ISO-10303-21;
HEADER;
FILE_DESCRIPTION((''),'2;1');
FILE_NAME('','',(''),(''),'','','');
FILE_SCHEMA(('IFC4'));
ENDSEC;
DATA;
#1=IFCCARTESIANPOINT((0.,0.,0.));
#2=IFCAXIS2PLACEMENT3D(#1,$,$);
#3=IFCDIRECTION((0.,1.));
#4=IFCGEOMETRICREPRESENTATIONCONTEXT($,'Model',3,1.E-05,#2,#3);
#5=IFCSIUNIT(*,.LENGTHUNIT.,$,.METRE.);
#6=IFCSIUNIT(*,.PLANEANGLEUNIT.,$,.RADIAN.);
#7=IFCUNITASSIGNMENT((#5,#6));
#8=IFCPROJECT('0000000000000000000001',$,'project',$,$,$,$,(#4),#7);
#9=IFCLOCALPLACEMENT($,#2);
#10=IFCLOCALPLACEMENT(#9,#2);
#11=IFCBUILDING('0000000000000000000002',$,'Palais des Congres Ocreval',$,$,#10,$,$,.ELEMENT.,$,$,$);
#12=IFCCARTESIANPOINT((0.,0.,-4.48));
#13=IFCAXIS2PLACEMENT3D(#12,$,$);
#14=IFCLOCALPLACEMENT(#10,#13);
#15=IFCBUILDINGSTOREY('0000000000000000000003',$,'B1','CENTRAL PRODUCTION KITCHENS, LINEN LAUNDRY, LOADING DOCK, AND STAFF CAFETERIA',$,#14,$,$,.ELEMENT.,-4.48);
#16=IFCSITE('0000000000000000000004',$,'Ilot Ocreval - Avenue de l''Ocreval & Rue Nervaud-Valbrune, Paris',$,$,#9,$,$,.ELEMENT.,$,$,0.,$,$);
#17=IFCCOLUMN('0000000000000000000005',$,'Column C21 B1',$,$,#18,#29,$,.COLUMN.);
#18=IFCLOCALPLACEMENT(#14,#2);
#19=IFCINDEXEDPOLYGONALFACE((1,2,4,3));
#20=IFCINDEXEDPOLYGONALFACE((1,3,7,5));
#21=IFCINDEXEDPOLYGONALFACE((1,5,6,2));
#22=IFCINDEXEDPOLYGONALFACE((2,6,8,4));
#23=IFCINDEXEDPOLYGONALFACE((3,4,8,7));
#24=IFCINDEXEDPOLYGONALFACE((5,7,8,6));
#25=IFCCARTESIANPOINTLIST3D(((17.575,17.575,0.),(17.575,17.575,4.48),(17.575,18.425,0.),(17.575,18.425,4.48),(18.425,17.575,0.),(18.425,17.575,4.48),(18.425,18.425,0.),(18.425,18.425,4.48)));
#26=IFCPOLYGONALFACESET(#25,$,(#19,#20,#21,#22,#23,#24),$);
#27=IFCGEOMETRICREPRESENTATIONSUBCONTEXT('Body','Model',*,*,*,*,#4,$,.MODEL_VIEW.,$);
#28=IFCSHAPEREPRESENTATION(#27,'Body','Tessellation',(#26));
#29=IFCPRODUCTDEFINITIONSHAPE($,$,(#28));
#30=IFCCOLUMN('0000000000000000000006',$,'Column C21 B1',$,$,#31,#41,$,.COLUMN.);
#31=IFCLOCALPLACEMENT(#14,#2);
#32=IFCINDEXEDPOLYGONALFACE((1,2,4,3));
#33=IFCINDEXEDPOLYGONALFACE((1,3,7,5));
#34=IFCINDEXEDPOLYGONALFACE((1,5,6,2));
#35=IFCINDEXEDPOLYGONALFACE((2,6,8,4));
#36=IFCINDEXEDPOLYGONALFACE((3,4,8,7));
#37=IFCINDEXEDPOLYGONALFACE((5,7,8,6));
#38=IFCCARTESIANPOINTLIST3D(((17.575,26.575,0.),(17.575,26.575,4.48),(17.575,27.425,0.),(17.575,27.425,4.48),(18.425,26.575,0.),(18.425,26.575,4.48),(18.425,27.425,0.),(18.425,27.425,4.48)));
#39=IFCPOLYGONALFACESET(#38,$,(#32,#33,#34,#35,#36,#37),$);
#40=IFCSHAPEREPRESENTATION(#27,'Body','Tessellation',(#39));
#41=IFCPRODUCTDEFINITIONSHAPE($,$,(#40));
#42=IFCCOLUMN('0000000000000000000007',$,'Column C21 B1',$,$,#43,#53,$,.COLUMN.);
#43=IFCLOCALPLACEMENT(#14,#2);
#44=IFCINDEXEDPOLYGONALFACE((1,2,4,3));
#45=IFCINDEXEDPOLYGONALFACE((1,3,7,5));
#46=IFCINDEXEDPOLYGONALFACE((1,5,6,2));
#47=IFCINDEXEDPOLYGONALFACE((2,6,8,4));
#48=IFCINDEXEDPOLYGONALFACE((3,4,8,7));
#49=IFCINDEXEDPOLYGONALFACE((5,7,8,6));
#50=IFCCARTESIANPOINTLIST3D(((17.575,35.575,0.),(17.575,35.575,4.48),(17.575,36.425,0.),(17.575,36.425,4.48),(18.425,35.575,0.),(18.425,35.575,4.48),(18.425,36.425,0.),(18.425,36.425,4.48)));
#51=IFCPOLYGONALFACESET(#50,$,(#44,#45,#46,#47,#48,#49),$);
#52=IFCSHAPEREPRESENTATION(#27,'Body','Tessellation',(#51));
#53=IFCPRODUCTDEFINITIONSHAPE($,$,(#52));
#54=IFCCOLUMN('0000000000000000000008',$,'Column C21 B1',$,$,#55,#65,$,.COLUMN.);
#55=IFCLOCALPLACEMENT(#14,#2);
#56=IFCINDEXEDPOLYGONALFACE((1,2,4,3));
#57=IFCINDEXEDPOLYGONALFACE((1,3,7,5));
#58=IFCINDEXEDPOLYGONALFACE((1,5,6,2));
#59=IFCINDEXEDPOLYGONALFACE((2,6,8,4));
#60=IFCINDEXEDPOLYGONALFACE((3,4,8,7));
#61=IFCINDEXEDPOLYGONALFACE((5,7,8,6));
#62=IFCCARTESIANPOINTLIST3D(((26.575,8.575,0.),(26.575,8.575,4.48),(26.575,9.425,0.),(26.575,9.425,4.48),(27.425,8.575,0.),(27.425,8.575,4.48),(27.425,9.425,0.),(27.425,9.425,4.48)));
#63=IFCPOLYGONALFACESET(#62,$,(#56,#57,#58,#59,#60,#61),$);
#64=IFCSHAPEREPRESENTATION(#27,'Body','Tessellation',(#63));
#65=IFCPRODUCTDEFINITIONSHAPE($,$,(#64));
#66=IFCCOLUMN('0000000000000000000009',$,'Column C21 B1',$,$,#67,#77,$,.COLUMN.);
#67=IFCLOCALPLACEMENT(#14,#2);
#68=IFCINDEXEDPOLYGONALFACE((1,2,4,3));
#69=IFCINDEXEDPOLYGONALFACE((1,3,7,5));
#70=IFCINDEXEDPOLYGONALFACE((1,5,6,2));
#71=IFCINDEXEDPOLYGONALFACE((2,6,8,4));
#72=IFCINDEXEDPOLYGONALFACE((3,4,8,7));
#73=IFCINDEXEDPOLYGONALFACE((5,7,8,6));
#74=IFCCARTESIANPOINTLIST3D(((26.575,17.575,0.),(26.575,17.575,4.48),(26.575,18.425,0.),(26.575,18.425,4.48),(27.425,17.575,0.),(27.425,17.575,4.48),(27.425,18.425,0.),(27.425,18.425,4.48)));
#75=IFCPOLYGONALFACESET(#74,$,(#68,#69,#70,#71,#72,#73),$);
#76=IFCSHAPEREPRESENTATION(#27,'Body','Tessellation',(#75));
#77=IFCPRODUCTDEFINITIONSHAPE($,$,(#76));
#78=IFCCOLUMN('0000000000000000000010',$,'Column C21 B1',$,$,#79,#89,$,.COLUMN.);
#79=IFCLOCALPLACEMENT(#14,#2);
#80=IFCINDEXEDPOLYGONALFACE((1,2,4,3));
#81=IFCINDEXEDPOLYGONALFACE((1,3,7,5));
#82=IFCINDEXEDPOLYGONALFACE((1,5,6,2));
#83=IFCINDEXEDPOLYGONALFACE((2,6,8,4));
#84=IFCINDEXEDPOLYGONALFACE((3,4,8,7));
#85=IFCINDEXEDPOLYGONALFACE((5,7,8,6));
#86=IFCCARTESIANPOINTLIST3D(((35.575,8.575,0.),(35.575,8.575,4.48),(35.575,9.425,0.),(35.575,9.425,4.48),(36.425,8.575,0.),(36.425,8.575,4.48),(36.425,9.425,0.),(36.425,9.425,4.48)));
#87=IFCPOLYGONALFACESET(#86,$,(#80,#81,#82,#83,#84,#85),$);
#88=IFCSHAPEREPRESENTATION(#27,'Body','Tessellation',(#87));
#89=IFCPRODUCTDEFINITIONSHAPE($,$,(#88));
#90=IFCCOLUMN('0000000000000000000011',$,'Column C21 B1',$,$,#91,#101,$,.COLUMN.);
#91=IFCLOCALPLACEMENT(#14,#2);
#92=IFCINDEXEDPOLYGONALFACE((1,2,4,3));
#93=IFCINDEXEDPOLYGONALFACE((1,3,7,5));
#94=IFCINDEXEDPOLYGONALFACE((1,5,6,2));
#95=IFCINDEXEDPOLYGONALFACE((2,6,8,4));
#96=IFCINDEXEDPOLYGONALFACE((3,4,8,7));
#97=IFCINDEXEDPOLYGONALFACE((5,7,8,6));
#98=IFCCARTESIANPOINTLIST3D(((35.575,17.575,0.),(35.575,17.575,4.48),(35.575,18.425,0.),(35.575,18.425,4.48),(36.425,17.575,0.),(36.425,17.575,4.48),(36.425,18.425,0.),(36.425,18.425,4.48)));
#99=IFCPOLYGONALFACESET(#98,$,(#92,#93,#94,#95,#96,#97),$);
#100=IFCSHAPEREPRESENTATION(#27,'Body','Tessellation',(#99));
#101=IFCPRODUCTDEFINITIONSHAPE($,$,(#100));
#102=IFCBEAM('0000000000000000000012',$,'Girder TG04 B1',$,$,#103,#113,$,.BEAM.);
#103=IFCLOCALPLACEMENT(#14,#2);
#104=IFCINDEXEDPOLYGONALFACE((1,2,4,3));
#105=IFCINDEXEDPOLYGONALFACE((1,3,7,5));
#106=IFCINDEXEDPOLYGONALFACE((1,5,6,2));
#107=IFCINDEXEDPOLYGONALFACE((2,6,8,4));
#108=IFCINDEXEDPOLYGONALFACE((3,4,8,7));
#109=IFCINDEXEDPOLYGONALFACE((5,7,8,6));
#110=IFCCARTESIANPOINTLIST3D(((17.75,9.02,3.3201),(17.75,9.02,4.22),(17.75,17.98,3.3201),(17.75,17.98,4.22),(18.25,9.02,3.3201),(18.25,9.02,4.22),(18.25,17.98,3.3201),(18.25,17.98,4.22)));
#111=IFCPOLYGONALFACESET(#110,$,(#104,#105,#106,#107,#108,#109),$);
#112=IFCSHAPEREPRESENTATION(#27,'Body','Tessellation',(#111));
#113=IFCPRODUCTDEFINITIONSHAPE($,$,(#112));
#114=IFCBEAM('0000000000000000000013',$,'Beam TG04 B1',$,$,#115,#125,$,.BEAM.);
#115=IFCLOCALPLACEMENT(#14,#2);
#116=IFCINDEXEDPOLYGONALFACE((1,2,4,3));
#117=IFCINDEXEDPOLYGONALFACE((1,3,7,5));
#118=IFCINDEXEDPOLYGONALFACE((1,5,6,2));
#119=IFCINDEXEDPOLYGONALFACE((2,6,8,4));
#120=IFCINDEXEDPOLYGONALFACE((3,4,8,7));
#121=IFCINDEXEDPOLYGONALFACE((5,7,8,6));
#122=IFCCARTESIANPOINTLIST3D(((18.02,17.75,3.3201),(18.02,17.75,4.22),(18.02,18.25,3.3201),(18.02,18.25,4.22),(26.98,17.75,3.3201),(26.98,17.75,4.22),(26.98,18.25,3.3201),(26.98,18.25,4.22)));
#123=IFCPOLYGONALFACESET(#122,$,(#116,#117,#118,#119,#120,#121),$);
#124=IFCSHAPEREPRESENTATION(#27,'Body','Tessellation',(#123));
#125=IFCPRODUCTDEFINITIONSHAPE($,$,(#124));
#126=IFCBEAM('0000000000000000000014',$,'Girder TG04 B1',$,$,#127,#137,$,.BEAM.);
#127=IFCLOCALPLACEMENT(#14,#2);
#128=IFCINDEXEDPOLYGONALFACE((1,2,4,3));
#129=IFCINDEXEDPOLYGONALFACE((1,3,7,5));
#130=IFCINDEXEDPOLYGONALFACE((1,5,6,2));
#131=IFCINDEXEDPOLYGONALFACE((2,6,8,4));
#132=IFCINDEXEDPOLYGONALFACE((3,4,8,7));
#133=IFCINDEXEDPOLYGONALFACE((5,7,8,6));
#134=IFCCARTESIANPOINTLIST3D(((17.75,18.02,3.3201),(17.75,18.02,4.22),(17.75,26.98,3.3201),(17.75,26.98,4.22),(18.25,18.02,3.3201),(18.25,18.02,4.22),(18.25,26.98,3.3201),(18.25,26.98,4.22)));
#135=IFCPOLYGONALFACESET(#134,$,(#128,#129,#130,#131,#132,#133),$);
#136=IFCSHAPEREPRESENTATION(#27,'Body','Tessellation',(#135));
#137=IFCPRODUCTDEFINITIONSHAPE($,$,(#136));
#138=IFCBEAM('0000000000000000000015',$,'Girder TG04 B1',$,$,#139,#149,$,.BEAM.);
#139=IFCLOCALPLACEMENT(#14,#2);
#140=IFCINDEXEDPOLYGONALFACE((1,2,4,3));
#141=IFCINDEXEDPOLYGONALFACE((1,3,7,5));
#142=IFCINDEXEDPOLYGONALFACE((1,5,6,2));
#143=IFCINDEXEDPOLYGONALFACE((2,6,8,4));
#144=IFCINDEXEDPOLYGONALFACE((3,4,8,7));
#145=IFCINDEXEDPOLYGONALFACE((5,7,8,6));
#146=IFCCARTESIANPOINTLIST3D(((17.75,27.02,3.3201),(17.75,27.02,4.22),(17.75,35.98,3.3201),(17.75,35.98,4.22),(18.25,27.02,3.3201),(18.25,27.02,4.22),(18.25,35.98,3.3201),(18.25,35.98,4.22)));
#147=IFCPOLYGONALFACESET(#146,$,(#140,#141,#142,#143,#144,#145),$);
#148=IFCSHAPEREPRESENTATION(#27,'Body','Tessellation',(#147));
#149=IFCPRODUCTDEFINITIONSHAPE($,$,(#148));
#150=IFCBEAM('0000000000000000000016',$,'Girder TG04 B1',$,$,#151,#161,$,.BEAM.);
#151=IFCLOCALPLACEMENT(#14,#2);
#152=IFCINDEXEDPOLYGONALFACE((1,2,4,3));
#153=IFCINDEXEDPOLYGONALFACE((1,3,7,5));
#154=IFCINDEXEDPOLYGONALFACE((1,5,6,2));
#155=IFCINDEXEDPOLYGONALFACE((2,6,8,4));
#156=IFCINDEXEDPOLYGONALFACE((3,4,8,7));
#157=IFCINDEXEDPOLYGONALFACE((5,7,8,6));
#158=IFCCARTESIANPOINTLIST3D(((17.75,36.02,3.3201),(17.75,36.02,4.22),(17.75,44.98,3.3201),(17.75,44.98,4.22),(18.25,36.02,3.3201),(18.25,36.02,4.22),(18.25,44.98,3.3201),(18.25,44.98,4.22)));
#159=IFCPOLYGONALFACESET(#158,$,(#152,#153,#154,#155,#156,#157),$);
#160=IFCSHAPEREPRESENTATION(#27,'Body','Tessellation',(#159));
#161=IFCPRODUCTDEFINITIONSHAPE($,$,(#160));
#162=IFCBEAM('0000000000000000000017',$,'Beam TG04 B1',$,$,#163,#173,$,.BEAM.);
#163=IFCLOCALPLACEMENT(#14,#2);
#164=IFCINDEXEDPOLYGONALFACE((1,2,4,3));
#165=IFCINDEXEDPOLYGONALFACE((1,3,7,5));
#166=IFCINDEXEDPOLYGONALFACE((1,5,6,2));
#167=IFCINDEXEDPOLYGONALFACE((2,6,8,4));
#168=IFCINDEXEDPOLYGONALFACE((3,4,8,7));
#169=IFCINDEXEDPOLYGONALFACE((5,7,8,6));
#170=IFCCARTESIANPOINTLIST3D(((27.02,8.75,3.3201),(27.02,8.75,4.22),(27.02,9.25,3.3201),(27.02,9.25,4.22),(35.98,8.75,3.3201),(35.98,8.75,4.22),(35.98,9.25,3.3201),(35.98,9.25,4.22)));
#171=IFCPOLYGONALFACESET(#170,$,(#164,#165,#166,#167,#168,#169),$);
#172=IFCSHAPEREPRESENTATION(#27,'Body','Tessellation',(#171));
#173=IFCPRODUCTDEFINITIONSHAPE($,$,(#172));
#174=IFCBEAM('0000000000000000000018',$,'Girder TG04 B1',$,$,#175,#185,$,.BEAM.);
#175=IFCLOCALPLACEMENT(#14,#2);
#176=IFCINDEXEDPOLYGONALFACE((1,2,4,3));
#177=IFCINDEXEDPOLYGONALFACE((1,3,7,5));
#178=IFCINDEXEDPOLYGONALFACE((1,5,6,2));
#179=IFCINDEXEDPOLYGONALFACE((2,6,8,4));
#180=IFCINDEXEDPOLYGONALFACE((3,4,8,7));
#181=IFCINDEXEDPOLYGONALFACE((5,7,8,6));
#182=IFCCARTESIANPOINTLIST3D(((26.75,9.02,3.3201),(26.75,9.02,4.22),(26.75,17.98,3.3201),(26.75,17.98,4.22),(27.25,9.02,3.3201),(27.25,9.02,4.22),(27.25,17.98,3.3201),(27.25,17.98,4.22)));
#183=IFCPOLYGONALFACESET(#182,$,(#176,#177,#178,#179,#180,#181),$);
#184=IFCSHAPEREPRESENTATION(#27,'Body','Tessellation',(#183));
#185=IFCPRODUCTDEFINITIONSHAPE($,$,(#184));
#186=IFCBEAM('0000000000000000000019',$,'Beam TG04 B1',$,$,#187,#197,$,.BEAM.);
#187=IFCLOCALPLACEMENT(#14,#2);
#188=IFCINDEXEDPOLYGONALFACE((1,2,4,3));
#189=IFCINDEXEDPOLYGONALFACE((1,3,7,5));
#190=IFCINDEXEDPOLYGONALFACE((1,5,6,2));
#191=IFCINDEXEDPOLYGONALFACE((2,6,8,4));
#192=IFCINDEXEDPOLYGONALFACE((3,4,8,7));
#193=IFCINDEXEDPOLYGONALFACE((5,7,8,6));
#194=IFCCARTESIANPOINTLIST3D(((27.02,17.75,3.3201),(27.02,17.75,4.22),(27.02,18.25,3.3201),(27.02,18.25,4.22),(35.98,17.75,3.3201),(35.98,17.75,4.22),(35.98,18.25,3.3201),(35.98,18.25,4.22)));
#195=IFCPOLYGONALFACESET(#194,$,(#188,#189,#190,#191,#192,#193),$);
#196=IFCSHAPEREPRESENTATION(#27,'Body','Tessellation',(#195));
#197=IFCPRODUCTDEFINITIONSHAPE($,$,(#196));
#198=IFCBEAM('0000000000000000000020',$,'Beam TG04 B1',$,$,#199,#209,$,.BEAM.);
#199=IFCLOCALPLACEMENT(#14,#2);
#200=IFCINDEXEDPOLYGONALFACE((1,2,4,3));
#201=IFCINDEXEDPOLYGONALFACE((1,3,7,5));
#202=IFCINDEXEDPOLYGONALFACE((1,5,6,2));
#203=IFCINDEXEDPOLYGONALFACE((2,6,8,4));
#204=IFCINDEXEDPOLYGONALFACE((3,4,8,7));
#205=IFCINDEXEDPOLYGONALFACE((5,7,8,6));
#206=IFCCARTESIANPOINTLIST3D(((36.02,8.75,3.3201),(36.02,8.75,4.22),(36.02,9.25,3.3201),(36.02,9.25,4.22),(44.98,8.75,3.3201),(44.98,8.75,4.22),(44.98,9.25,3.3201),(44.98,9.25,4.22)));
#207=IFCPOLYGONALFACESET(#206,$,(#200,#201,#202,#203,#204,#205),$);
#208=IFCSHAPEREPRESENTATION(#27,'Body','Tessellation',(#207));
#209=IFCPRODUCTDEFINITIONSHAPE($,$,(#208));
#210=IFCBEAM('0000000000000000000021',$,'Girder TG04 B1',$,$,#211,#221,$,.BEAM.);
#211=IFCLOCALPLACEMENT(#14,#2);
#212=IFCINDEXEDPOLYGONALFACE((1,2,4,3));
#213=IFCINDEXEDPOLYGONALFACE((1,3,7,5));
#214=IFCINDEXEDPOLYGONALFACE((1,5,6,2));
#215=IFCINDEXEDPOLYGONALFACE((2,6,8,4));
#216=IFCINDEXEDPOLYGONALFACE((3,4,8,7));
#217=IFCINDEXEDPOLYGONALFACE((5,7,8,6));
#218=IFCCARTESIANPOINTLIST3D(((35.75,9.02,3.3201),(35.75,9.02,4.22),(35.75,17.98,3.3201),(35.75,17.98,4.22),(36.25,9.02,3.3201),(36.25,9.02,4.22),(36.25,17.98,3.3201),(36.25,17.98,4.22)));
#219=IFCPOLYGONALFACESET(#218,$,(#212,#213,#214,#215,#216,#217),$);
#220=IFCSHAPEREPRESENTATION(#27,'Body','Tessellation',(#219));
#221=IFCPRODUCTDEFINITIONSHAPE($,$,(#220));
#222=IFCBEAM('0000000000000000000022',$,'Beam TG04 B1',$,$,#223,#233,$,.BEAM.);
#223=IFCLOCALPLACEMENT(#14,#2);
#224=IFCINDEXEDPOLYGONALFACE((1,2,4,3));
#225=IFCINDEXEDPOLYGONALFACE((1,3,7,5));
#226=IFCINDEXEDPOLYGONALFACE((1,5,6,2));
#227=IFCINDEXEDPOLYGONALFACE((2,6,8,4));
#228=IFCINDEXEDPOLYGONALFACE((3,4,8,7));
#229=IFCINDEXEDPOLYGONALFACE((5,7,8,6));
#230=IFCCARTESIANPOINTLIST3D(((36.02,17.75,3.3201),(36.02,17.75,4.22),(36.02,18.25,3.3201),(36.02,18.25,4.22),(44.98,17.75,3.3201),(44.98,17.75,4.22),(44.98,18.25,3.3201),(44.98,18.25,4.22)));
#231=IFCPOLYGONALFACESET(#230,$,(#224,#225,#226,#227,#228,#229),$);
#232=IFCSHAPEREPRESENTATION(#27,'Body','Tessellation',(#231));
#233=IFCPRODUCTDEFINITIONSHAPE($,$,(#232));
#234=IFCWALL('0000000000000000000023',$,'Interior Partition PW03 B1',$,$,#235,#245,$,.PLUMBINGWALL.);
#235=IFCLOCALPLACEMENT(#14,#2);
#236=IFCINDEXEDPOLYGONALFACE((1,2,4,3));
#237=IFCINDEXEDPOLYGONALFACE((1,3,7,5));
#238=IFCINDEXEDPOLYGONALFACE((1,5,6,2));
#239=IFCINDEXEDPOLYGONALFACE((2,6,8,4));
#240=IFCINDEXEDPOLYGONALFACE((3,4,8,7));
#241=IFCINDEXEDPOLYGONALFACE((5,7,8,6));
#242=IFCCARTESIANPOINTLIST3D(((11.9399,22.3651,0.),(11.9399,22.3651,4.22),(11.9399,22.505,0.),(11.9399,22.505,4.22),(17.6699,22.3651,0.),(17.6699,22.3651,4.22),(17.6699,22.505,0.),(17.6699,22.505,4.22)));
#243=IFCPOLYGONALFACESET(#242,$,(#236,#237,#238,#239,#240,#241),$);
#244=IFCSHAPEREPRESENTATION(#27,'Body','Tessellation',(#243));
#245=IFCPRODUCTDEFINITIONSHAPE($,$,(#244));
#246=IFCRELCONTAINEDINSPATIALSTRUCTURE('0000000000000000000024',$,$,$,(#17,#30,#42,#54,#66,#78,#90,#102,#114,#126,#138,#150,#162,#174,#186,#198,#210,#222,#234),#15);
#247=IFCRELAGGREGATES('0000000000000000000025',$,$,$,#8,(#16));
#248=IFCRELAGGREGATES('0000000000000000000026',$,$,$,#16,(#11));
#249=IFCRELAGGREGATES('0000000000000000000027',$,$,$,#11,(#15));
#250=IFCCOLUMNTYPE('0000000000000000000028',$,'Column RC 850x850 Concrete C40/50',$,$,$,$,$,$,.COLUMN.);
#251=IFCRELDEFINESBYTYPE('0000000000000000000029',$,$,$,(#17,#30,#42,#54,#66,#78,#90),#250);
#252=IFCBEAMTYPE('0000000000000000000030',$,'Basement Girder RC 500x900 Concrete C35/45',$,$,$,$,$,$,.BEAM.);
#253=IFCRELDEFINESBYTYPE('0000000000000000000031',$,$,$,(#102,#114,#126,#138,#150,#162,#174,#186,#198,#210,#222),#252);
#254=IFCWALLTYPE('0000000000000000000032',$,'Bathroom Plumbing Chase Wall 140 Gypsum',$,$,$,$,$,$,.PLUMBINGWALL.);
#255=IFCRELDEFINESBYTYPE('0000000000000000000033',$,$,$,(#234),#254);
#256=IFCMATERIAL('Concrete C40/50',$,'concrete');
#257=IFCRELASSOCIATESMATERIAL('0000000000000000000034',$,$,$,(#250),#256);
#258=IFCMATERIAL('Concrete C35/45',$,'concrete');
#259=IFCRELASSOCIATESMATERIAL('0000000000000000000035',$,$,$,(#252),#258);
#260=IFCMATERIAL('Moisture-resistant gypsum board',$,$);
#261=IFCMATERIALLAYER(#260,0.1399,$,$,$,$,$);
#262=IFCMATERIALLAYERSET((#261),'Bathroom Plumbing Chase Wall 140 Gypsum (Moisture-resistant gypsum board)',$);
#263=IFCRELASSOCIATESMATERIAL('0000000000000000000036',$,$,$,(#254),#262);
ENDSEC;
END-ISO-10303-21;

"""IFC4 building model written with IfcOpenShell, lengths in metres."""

from ifc_helpers import new_model, si_unit, direction, frame, frame_2d, origin, origin_2d, place, context, subcontext, project, spatial, rectangle, extrude, material, layer, layer_set, material_profile, profile_set, type_object, element, save


model = new_model("IFC4")

# Units and contexts
model_context = context("Model", 3, precision=1e-05, world=origin(), true_north=direction((0.0, 1.0)))
body_context = subcontext(model_context, "Body", "Model", "MODEL_VIEW")
ifc_project = project(units=[si_unit("LENGTHUNIT", "METRE"), si_unit("PLANEANGLEUNIT", "RADIAN")], contexts=[model_context])

# Site, building, storey
site_placement = place(None, origin())
site = spatial("IfcSite", under=ifc_project, at=site_placement, Name="Ilot Ocreval - Avenue de l'Ocreval & Rue Nervaud-Valbrune, Paris", CompositionType="ELEMENT", RefElevation=0.0)
building_placement = place(site_placement, origin())
building = spatial("IfcBuilding", under=site, at=building_placement, Name="Palais des Congres Ocreval", CompositionType="ELEMENT")
storey_placement = place(building_placement, frame((0.0, 0.0, -4.48)))
storey = spatial("IfcBuildingStorey", under=building, at=storey_placement, Name="B1", Description="CENTRAL PRODUCTION KITCHENS, LINEN LAUNDRY, LOADING DOCK, AND STAFF CAFETERIA", CompositionType="ELEMENT", Elevation=-4.48)

# Columns
ifc_material_1 = material(Name="Concrete C40/50", Category="concrete")
ifc_material_profile_1 = material_profile(ifc_material_1, rectangle(XDim=0.8501, YDim=0.8501, at=origin_2d()), Name="RC 850x850")
ifc_profile_set_1 = profile_set([ifc_material_profile_1], Name="Concrete C40/50")
column_type = type_object("IfcColumnType", Name="Column RC 850x850 Concrete C40/50", PredefinedType="COLUMN", material=ifc_profile_set_1)
for number, where, z_axis, x_axis, name in (
    (1, (18.0, 18.0, 0.0), (0.0, 0.0, 1.0), (1.0, 0.0, 0.0), "Column C21 B1"),
    (2, (18.0, 27.0, 0.0), (0.0, 0.0, 1.0), (1.0, 0.0, 0.0), "Column C21 B1"),
    (3, (18.0, 36.0, 0.0), (0.0, 0.0, 1.0), (1.0, 0.0, 0.0), "Column C21 B1"),
    (4, (27.0, 9.0, 0.0), (0.0, 0.0, 1.0), (1.0, 0.0, 0.0), "Column C21 B1"),
    (5, (27.0, 18.0, 0.0), (0.0, 0.0, 1.0), (1.0, 0.0, 0.0), "Column C21 B1"),
    (6, (36.0, 9.0, 0.0), (0.0, 0.0, 1.0), (1.0, 0.0, 0.0), "Column C21 B1"),
    (7, (36.0, 18.0, 0.0), (0.0, 0.0, 1.0), (1.0, 0.0, 0.0), "Column C21 B1"),
):
    element("IfcColumn", number, at=place(storey_placement, frame(where, z_axis=z_axis, x_axis=x_axis)), inside=storey, type_object=column_type, Name=name, PredefinedType="COLUMN", context=body_context, shape_type="SweptSolid", body=[
        extrude(rectangle(XDim=0.8501, YDim=0.8501, at=origin_2d()), origin(), (0.0, 0.0, 1.0), 4.48),
    ])

# Beams
ifc_material_2 = material(Name="Concrete C35/45", Category="concrete")
ifc_material_profile_2 = material_profile(ifc_material_2, rectangle(XDim=0.5, YDim=0.8999, at=origin_2d()), Name="RC 500x900")
ifc_profile_set_2 = profile_set([ifc_material_profile_2], Name="Concrete C35/45")
beam_type = type_object("IfcBeamType", Name="Basement Girder RC 500x900 Concrete C35/45", PredefinedType="BEAM", material=ifc_profile_set_2)
for number, where, z_axis, x_axis, name in (
    (8, (18.0, 9.02, 3.77), (0.0, 1.0, 0.0), (-1.0, 0.0, 0.0), "Girder TG04 B1"),
    (9, (18.02, 18.0, 3.77), (1.0, 0.0, 0.0), (0.0, 1.0, 0.0), "Beam TG04 B1"),
    (10, (18.0, 18.02, 3.77), (0.0, 1.0, 0.0), (-1.0, 0.0, 0.0), "Girder TG04 B1"),
    (11, (18.0, 27.02, 3.77), (0.0, 1.0, 0.0), (-1.0, 0.0, 0.0), "Girder TG04 B1"),
    (12, (18.0, 36.02, 3.77), (0.0, 1.0, 0.0), (-1.0, 0.0, 0.0), "Girder TG04 B1"),
    (13, (27.02, 9.0, 3.77), (1.0, 0.0, 0.0), (0.0, 1.0, 0.0), "Beam TG04 B1"),
    (14, (27.0, 9.02, 3.77), (0.0, 1.0, 0.0), (-1.0, 0.0, 0.0), "Girder TG04 B1"),
    (15, (27.02, 18.0, 3.77), (1.0, 0.0, 0.0), (0.0, 1.0, 0.0), "Beam TG04 B1"),
    (16, (36.02, 9.0, 3.77), (1.0, 0.0, 0.0), (0.0, 1.0, 0.0), "Beam TG04 B1"),
    (17, (36.0, 9.02, 3.77), (0.0, 1.0, 0.0), (-1.0, 0.0, 0.0), "Girder TG04 B1"),
    (18, (36.02, 18.0, 3.77), (1.0, 0.0, 0.0), (0.0, 1.0, 0.0), "Beam TG04 B1"),
):
    element("IfcBeam", number, at=place(storey_placement, frame(where, z_axis=z_axis, x_axis=x_axis)), inside=storey, type_object=beam_type, Name=name, PredefinedType="BEAM", context=body_context, shape_type="SweptSolid", body=[
        extrude(rectangle(XDim=0.5, YDim=0.8999, at=origin_2d()), origin(), (0.0, 0.0, 1.0), 8.96),
    ])

# Wall
ifc_material_3 = material(Name="Moisture-resistant gypsum board")
ifc_layer_1 = layer(ifc_material_3, 0.1399)
ifc_layer_set_1 = layer_set([ifc_layer_1], Name="Bathroom Plumbing Chase Wall 140 Gypsum (Moisture-resistant gypsum board)")
wall_type_1 = type_object("IfcWallType", Name="Bathroom Plumbing Chase Wall 140 Gypsum", PredefinedType="PLUMBINGWALL", material=ifc_layer_set_1)
for number, where, z_axis, x_axis, name in (
    (19, (11.9399, 22.4351, 0.0), (0.0, 0.0, 1.0), (1.0, 0.0, 0.0), "Interior Partition PW03 B1"),
):
    element("IfcWall", number, at=place(storey_placement, frame(where, z_axis=z_axis, x_axis=x_axis)), inside=storey, type_object=wall_type_1, Name=name, PredefinedType="PLUMBINGWALL", context=body_context, shape_type="SweptSolid", body=[
        extrude(rectangle(XDim=5.73, YDim=0.1399, at=frame_2d((2.865, 0.0))), origin(), (0.0, 0.0, 1.0), 4.22),
    ])

save(model, "model.ifc")
